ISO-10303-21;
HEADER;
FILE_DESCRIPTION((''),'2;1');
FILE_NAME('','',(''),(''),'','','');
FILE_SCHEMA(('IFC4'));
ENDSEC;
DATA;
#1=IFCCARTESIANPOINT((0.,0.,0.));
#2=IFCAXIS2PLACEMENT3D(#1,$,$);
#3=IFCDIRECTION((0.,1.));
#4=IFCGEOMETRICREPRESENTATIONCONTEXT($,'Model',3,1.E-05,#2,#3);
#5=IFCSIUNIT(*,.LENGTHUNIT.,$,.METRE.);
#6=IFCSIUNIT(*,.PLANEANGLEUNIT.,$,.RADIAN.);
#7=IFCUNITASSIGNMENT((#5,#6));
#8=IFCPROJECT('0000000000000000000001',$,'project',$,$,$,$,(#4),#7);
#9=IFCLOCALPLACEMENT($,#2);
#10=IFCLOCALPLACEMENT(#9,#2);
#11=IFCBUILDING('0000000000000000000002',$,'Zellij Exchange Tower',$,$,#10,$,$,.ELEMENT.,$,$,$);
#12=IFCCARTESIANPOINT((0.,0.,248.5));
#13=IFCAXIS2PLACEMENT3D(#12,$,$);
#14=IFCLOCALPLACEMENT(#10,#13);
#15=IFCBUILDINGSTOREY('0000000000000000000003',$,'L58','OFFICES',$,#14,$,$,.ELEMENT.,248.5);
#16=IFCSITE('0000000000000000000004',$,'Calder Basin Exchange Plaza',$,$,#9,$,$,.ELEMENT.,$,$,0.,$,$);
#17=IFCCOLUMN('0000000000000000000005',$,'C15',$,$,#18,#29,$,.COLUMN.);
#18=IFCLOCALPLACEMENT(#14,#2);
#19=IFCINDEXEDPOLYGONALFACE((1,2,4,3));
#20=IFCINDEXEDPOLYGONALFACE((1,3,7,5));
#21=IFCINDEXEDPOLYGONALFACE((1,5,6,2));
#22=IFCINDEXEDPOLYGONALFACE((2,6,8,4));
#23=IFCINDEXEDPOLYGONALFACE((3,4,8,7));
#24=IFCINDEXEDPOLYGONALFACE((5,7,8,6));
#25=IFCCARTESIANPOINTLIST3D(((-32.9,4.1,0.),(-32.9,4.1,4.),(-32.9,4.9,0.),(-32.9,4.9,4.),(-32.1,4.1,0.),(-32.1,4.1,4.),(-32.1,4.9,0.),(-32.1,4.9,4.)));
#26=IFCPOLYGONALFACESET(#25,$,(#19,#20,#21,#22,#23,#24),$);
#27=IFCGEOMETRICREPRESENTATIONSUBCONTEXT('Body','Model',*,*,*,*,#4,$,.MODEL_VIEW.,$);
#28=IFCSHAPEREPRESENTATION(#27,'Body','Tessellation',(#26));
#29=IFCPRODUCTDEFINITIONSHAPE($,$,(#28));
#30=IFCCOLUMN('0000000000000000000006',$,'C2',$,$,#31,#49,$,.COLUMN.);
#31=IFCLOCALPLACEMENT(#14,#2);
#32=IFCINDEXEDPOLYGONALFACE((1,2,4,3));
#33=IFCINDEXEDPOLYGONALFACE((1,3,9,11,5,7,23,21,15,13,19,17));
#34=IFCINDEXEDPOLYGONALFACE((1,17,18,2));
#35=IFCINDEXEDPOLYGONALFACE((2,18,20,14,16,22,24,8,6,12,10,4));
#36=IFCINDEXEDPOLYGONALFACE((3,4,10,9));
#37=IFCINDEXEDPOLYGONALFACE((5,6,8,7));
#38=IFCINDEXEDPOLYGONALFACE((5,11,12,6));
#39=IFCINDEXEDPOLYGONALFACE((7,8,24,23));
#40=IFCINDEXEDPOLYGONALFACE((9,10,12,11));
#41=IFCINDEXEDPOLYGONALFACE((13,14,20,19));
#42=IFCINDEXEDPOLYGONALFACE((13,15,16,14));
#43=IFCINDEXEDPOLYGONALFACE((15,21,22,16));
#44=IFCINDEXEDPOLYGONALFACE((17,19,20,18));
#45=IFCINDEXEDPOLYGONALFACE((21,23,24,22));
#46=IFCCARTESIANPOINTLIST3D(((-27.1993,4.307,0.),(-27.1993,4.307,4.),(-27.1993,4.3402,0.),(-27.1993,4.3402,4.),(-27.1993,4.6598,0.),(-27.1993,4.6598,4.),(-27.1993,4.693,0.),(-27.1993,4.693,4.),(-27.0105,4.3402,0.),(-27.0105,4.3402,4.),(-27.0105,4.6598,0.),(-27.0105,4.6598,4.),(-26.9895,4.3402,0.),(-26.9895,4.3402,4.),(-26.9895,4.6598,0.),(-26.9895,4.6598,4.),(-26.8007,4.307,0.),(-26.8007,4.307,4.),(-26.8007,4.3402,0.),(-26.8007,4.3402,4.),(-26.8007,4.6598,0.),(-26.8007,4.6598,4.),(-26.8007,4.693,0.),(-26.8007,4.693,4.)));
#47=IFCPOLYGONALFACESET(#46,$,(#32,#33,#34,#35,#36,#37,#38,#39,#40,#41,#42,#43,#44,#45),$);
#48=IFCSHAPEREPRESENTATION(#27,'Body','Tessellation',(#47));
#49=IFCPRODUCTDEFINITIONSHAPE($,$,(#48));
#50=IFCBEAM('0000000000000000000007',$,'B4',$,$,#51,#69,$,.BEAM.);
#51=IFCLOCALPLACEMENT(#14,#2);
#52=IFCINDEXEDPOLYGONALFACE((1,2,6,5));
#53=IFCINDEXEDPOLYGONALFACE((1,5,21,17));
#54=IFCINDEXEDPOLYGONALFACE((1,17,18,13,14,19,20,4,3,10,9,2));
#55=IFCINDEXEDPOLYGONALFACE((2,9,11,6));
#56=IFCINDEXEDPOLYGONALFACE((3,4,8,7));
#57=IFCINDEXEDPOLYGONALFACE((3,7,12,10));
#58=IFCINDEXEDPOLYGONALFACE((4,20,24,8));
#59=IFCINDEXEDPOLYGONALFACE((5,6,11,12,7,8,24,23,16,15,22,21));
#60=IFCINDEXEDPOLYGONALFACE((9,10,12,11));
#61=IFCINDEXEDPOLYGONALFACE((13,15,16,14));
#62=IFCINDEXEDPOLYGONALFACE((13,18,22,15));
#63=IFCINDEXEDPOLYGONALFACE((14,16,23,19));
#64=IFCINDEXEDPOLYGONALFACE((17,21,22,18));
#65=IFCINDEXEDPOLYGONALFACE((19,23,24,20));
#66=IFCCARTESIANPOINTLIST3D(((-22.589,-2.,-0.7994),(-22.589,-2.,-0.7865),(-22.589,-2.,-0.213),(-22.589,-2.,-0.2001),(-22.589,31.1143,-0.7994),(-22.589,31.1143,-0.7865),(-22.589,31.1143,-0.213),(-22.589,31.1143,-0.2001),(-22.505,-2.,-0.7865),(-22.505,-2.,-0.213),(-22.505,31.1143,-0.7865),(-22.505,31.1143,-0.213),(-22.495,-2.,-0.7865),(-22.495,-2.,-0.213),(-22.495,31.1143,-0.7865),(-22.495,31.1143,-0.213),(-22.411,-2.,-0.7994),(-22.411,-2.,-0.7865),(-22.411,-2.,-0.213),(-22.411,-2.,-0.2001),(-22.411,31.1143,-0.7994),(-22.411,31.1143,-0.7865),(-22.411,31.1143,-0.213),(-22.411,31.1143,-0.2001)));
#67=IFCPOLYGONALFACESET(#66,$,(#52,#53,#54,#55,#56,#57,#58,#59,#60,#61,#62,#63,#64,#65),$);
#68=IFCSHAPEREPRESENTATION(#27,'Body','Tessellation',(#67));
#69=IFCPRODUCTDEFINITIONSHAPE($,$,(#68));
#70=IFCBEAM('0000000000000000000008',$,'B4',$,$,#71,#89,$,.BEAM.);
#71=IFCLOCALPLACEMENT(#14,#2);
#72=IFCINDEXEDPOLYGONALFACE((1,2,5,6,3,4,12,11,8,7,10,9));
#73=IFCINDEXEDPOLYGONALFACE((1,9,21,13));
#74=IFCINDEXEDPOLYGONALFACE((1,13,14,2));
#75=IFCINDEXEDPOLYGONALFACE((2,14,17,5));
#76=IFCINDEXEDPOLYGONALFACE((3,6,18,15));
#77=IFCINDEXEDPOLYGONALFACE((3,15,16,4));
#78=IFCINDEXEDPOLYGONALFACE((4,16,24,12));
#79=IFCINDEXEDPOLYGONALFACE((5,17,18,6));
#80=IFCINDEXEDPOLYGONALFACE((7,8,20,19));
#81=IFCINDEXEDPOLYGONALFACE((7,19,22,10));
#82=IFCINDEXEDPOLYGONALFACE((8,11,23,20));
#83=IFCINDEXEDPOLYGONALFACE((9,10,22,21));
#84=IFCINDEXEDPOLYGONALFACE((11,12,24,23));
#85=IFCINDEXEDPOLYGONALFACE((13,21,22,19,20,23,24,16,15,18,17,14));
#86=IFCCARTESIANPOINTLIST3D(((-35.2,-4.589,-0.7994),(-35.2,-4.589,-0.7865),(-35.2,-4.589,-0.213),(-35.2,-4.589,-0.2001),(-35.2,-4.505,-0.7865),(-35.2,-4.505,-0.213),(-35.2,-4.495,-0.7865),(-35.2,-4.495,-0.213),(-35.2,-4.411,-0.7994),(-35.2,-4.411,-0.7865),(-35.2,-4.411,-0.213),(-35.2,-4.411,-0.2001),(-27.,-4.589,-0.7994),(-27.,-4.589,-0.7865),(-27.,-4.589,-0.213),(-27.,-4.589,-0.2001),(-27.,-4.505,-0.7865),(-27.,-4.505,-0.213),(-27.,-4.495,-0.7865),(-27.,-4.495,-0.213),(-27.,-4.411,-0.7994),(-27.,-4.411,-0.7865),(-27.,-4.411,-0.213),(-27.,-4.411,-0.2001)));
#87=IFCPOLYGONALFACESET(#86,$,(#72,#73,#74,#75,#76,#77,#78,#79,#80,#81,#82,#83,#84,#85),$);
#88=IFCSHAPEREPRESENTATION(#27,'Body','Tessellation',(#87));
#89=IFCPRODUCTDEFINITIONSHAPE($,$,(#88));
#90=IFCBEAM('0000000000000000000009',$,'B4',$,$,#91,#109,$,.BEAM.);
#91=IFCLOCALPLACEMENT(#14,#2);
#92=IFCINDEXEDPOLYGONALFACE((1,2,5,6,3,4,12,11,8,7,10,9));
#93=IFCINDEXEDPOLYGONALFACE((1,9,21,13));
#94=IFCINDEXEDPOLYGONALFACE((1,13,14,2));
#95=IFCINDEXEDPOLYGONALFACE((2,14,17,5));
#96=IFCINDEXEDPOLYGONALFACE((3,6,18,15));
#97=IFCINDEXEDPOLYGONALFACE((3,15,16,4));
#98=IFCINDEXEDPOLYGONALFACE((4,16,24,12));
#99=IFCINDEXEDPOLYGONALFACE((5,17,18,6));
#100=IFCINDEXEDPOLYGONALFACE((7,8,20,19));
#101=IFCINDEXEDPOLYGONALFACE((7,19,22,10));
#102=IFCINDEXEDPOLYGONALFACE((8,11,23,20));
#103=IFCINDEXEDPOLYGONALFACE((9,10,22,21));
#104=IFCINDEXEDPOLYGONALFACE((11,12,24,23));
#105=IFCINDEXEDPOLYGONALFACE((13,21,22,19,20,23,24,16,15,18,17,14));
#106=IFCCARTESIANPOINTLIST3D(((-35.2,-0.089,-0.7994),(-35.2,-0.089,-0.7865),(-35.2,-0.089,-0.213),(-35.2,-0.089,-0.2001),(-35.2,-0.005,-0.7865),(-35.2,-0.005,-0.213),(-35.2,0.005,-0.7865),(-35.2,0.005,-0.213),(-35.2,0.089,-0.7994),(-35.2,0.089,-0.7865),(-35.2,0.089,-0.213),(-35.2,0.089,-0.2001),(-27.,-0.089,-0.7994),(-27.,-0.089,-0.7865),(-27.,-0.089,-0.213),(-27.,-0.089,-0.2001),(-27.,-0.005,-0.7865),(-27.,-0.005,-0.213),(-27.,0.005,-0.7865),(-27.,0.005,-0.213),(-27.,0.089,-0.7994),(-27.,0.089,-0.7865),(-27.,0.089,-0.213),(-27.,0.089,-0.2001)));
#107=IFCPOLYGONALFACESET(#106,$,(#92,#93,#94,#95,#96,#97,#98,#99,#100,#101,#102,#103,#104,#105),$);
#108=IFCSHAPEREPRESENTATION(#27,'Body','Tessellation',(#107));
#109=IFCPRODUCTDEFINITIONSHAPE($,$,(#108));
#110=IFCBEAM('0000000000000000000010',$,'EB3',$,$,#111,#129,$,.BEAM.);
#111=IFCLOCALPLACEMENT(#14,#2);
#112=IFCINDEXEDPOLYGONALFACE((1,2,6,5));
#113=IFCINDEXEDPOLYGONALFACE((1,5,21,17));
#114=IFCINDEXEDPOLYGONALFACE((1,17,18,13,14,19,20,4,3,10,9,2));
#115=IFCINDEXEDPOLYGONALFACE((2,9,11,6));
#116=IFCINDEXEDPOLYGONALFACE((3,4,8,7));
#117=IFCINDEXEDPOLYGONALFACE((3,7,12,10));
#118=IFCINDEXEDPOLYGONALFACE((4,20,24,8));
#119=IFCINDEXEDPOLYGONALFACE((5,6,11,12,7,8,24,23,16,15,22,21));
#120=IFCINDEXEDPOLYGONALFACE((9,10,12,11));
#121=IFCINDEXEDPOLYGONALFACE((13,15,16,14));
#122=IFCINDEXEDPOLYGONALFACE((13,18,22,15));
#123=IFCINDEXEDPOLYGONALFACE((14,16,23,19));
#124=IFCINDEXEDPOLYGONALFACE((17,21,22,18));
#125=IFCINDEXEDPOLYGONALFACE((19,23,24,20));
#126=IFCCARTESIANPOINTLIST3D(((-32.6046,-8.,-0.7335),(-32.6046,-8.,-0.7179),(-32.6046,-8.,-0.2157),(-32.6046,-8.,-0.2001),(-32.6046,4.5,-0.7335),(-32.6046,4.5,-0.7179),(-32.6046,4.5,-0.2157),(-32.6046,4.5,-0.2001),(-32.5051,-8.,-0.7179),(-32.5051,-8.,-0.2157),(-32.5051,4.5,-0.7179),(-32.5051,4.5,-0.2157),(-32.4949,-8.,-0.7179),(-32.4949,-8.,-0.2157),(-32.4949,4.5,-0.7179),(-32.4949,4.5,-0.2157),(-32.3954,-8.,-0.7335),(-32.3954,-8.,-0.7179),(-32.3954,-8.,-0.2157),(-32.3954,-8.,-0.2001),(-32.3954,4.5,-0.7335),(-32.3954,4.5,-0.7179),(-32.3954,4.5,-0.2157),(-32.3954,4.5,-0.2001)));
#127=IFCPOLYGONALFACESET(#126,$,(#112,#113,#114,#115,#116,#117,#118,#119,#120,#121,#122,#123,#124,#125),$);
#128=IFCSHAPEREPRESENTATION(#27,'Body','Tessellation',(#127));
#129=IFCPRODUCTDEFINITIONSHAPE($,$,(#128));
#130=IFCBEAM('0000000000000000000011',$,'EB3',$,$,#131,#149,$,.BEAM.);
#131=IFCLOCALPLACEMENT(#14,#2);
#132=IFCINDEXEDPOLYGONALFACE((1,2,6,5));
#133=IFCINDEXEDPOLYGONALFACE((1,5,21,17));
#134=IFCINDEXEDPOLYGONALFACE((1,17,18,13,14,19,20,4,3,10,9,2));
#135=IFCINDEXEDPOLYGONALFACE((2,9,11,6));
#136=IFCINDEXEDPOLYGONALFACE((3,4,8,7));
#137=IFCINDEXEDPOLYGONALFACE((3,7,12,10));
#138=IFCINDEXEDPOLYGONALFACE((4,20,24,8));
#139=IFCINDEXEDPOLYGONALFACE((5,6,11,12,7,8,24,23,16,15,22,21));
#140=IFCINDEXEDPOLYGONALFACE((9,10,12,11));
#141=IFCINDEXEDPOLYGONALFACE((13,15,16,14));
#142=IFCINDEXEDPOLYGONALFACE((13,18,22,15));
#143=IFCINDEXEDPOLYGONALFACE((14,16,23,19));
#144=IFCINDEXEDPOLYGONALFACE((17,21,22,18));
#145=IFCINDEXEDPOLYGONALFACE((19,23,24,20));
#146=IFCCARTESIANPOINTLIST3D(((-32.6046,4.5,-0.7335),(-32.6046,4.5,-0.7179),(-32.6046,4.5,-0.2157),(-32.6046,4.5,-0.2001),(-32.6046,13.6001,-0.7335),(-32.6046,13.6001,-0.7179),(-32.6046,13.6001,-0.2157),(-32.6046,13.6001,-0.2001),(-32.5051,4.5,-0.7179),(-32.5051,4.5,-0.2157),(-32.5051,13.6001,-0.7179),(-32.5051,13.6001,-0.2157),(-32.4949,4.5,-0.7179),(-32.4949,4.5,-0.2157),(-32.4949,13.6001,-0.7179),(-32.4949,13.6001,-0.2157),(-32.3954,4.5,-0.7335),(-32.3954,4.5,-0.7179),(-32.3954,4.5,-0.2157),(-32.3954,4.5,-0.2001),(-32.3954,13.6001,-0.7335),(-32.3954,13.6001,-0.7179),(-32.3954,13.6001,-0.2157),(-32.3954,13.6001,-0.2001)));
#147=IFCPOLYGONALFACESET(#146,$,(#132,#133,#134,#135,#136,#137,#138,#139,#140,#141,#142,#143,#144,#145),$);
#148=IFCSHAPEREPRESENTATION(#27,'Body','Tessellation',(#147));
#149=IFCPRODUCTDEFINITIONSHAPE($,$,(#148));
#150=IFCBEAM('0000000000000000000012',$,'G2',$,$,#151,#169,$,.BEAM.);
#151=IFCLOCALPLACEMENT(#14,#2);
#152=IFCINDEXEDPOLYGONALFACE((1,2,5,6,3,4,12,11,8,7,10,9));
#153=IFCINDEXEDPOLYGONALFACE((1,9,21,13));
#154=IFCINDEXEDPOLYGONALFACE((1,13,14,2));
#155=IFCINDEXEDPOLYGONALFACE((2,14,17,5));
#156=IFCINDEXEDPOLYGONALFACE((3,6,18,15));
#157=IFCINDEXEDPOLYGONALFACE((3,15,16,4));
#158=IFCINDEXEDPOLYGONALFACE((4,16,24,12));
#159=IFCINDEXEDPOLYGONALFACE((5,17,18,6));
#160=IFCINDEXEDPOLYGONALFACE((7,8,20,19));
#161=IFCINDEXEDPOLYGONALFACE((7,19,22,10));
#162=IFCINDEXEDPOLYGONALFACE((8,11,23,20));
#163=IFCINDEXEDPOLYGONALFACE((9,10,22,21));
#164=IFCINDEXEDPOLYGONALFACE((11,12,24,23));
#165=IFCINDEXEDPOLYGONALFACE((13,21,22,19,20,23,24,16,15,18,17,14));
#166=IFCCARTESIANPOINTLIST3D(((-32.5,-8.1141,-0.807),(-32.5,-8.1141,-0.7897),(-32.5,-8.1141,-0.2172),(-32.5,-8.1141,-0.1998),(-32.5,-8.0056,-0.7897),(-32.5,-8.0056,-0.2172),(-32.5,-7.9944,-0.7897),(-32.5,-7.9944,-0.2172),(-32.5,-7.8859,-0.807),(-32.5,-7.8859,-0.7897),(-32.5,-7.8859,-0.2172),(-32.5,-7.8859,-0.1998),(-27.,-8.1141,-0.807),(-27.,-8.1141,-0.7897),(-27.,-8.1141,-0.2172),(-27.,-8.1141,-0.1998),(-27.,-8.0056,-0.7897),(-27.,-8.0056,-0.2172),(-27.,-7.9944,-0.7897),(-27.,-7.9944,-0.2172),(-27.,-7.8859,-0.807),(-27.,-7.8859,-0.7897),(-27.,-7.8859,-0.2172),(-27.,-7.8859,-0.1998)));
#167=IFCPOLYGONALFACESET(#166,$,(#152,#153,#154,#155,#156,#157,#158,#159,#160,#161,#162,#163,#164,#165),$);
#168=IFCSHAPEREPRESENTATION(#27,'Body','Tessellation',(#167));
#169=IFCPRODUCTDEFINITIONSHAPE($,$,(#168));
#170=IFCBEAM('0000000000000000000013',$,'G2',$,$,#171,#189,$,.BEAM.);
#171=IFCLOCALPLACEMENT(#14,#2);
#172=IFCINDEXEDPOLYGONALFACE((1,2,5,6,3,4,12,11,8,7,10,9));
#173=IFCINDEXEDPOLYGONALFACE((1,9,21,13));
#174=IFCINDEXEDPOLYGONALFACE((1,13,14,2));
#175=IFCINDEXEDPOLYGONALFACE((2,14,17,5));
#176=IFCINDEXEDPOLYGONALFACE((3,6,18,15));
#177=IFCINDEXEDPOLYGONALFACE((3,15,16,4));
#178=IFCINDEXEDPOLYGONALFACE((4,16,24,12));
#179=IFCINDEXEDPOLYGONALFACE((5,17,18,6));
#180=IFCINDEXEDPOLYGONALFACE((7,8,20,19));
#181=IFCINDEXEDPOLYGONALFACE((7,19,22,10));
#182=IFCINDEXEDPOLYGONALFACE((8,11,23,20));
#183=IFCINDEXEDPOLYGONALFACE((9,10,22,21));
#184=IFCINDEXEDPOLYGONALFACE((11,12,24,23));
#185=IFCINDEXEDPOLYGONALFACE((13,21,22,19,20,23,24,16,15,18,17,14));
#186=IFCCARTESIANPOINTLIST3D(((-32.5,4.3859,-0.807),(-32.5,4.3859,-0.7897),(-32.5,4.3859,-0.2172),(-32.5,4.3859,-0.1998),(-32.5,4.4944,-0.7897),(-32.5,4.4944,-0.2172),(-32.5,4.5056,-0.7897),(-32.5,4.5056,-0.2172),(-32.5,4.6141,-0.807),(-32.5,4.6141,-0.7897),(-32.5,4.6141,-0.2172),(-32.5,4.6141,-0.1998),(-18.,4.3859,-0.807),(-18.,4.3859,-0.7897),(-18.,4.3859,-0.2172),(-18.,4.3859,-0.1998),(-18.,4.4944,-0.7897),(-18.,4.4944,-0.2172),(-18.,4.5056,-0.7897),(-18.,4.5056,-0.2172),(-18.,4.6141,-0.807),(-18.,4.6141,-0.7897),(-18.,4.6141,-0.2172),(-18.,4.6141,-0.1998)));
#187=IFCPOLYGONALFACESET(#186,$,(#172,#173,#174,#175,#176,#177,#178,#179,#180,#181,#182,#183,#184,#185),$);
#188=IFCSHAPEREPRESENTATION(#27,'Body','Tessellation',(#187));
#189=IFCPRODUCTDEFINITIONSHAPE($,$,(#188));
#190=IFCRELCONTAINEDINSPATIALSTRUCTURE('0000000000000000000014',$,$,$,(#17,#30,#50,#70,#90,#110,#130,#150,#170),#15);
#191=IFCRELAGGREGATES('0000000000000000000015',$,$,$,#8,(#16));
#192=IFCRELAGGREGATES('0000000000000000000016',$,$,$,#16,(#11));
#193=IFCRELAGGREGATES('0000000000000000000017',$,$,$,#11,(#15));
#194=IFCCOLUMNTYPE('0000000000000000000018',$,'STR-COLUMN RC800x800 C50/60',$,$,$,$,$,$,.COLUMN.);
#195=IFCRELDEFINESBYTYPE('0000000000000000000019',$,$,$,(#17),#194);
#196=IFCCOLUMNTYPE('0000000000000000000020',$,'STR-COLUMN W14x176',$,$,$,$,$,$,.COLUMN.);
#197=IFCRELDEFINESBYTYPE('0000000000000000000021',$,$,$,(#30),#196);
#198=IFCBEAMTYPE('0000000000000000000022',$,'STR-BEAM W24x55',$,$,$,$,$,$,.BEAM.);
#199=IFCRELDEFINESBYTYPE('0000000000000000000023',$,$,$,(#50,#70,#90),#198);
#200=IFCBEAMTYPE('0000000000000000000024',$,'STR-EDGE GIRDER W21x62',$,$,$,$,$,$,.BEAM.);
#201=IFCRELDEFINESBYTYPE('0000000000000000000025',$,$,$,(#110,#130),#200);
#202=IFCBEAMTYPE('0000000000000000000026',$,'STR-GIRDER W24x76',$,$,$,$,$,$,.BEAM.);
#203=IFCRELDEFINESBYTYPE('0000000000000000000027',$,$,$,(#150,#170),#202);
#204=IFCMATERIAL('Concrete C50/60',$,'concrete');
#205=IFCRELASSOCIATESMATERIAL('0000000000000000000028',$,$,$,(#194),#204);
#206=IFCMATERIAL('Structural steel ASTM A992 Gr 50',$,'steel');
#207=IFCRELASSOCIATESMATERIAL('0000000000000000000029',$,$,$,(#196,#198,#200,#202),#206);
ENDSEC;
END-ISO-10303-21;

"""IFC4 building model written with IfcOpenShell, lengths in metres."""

from ifc_helpers import new_model, si_unit, direction, frame, origin, origin_2d, place, context, subcontext, project, spatial, rectangle, i_section, extrude, material, material_profile, profile_set, type_object, element, save


model = new_model("IFC4")

# Units and contexts
model_context = context("Model", 3, precision=1e-05, world=origin(), true_north=direction((0.0, 1.0)))
body_context = subcontext(model_context, "Body", "Model", "MODEL_VIEW")
ifc_project = project(units=[si_unit("LENGTHUNIT", "METRE"), si_unit("PLANEANGLEUNIT", "RADIAN")], contexts=[model_context])

# Site, building, storey
site_placement = place(None, origin())
site = spatial("IfcSite", under=ifc_project, at=site_placement, Name="Calder Basin Exchange Plaza", CompositionType="ELEMENT", RefElevation=0.0)
building_placement = place(site_placement, origin())
building = spatial("IfcBuilding", under=site, at=building_placement, Name="Zellij Exchange Tower", CompositionType="ELEMENT")
storey_placement = place(building_placement, frame((0.0, 0.0, 248.5)))
storey = spatial("IfcBuildingStorey", under=building, at=storey_placement, Name="L58", Description="OFFICES", CompositionType="ELEMENT", Elevation=248.5)

# Columns
ifc_material_1 = material(Name="Concrete C50/60", Category="concrete")
ifc_material_profile_1 = material_profile(ifc_material_1, rectangle(XDim=0.8, YDim=0.8, at=origin_2d()), Name="STR-COLUMN RC800x800 C50/60")
ifc_profile_set_1 = profile_set([ifc_material_profile_1], Name="Concrete C50/60")
column_type_1 = type_object("IfcColumnType", Name="STR-COLUMN RC800x800 C50/60", PredefinedType="COLUMN", material=ifc_profile_set_1)
column_1_placement = place(storey_placement, frame((-32.5, 4.5, 0.0), z_axis=(0.0, 0.0, 1.0), x_axis=(1.0, 0.0, 0.0)))
element("IfcColumn", 1, at=column_1_placement, inside=storey, type_object=column_type_1, Name="C15", PredefinedType="COLUMN", context=body_context, shape_type="SweptSolid", body=[
    extrude(rectangle(XDim=0.8, YDim=0.8, at=origin_2d()), origin(), (0.0, 0.0, 1.0), 4.0),
])
ifc_material_2 = material(Name="Structural steel ASTM A992 Gr 50", Category="steel")
ifc_material_profile_2 = material_profile(ifc_material_2, i_section(OverallWidth=0.3987, OverallDepth=0.386, WebThickness=0.021, FlangeThickness=0.0332, at=origin_2d()), Name="W14x176")
ifc_profile_set_2 = profile_set([ifc_material_profile_2], Name="Structural steel ASTM A992 Gr 50")
column_type_2 = type_object("IfcColumnType", Name="STR-COLUMN W14x176", PredefinedType="COLUMN", material=ifc_profile_set_2)
column_2_placement = place(storey_placement, frame((-27.0, 4.5, 0.0), z_axis=(0.0, 0.0, 1.0), x_axis=(1.0, 0.0, 0.0)))
element("IfcColumn", 2, at=column_2_placement, inside=storey, type_object=column_type_2, Name="C2", PredefinedType="COLUMN", context=body_context, shape_type="SweptSolid", body=[
    extrude(i_section(OverallWidth=0.3987, OverallDepth=0.386, WebThickness=0.021, FlangeThickness=0.0332, at=origin_2d()), origin(), (0.0, 0.0, 1.0), 4.0),
])

# Beams
ifc_material_profile_3 = material_profile(ifc_material_2, i_section(OverallWidth=0.178, OverallDepth=0.5994, WebThickness=0.01, FlangeThickness=0.0129, at=origin_2d()), Name="W24x55")
ifc_profile_set_3 = profile_set([ifc_material_profile_3], Name="Structural steel ASTM A992 Gr 50")
beam_type_1 = type_object("IfcBeamType", Name="STR-BEAM W24x55", PredefinedType="BEAM", material=ifc_profile_set_3)
beam_1_placement = place(storey_placement, frame((-22.5, -2.0, -0.4998), z_axis=(0.0, 1.0, 0.0), x_axis=(-1.0, 0.0, 0.0)))
element("IfcBeam", 3, at=beam_1_placement, inside=storey, type_object=beam_type_1, Name="B4", PredefinedType="BEAM", context=body_context, shape_type="SweptSolid", body=[
    extrude(i_section(OverallWidth=0.178, OverallDepth=0.5994, WebThickness=0.01, FlangeThickness=0.0129, at=origin_2d()), origin(), (0.0, 0.0, 1.0), 33.1143),
])
for number, where, z_axis, x_axis, name in (
    (4, (-35.2, -4.5, -0.4998), (1.0, 0.0, 0.0), (0.0, 1.0, 0.0), "B4"),
    (5, (-35.2, 0.0, -0.4998), (1.0, 0.0, 0.0), (0.0, 1.0, 0.0), "B4"),
):
    element("IfcBeam", number, at=place(storey_placement, frame(where, z_axis=z_axis, x_axis=x_axis)), inside=storey, type_object=beam_type_1, Name=name, PredefinedType="BEAM", context=body_context, shape_type="SweptSolid", body=[
        extrude(i_section(OverallWidth=0.178, OverallDepth=0.5994, WebThickness=0.01, FlangeThickness=0.0129, at=origin_2d()), origin(), (0.0, 0.0, 1.0), 8.2),
    ])
ifc_material_profile_4 = material_profile(ifc_material_2, i_section(OverallWidth=0.2092, OverallDepth=0.5334, WebThickness=0.0103, FlangeThickness=0.0156, at=origin_2d()), Name="W21x62")
ifc_profile_set_4 = profile_set([ifc_material_profile_4], Name="Structural steel ASTM A992 Gr 50")
beam_type_2 = type_object("IfcBeamType", Name="STR-EDGE GIRDER W21x62", PredefinedType="BEAM", material=ifc_profile_set_4)
beam_2_placement = place(storey_placement, frame((-32.5, -8.0, -0.4668), z_axis=(0.0, 1.0, 0.0), x_axis=(-1.0, 0.0, 0.0)))
element("IfcBeam", 6, at=beam_2_placement, inside=storey, type_object=beam_type_2, Name="EB3", PredefinedType="BEAM", context=body_context, shape_type="SweptSolid", body=[
    extrude(i_section(OverallWidth=0.2092, OverallDepth=0.5334, WebThickness=0.0103, FlangeThickness=0.0156, at=origin_2d()), origin(), (0.0, 0.0, 1.0), 12.5),
])
beam_3_placement = place(storey_placement, frame((-32.5, 4.5, -0.4668), z_axis=(0.0, 1.0, 0.0), x_axis=(-1.0, 0.0, 0.0)))
element("IfcBeam", 7, at=beam_3_placement, inside=storey, type_object=beam_type_2, Name="EB3", PredefinedType="BEAM", context=body_context, shape_type="SweptSolid", body=[
    extrude(i_section(OverallWidth=0.2092, OverallDepth=0.5334, WebThickness=0.0103, FlangeThickness=0.0156, at=origin_2d()), origin(), (0.0, 0.0, 1.0), 9.1001),
])
ifc_material_profile_5 = material_profile(ifc_material_2, i_section(OverallWidth=0.2283, OverallDepth=0.6072, WebThickness=0.0112, FlangeThickness=0.0173, at=origin_2d()), Name="W24x76")
ifc_profile_set_5 = profile_set([ifc_material_profile_5], Name="Structural steel ASTM A992 Gr 50")
beam_type_3 = type_object("IfcBeamType", Name="STR-GIRDER W24x76", PredefinedType="BEAM", material=ifc_profile_set_5)
beam_4_placement = place(storey_placement, frame((-32.5, -8.0, -0.5034), z_axis=(1.0, 0.0, 0.0), x_axis=(0.0, 1.0, 0.0)))
element("IfcBeam", 8, at=beam_4_placement, inside=storey, type_object=beam_type_3, Name="G2", PredefinedType="BEAM", context=body_context, shape_type="SweptSolid", body=[
    extrude(i_section(OverallWidth=0.2283, OverallDepth=0.6072, WebThickness=0.0112, FlangeThickness=0.0173, at=origin_2d()), origin(), (0.0, 0.0, 1.0), 5.5),
])
beam_5_placement = place(storey_placement, frame((-32.5, 4.5, -0.5034), z_axis=(1.0, 0.0, 0.0), x_axis=(0.0, 1.0, 0.0)))
element("IfcBeam", 9, at=beam_5_placement, inside=storey, type_object=beam_type_3, Name="G2", PredefinedType="BEAM", context=body_context, shape_type="SweptSolid", body=[
    extrude(i_section(OverallWidth=0.2283, OverallDepth=0.6072, WebThickness=0.0112, FlangeThickness=0.0173, at=origin_2d()), origin(), (0.0, 0.0, 1.0), 14.5),
])

save(model, "model.ifc")
